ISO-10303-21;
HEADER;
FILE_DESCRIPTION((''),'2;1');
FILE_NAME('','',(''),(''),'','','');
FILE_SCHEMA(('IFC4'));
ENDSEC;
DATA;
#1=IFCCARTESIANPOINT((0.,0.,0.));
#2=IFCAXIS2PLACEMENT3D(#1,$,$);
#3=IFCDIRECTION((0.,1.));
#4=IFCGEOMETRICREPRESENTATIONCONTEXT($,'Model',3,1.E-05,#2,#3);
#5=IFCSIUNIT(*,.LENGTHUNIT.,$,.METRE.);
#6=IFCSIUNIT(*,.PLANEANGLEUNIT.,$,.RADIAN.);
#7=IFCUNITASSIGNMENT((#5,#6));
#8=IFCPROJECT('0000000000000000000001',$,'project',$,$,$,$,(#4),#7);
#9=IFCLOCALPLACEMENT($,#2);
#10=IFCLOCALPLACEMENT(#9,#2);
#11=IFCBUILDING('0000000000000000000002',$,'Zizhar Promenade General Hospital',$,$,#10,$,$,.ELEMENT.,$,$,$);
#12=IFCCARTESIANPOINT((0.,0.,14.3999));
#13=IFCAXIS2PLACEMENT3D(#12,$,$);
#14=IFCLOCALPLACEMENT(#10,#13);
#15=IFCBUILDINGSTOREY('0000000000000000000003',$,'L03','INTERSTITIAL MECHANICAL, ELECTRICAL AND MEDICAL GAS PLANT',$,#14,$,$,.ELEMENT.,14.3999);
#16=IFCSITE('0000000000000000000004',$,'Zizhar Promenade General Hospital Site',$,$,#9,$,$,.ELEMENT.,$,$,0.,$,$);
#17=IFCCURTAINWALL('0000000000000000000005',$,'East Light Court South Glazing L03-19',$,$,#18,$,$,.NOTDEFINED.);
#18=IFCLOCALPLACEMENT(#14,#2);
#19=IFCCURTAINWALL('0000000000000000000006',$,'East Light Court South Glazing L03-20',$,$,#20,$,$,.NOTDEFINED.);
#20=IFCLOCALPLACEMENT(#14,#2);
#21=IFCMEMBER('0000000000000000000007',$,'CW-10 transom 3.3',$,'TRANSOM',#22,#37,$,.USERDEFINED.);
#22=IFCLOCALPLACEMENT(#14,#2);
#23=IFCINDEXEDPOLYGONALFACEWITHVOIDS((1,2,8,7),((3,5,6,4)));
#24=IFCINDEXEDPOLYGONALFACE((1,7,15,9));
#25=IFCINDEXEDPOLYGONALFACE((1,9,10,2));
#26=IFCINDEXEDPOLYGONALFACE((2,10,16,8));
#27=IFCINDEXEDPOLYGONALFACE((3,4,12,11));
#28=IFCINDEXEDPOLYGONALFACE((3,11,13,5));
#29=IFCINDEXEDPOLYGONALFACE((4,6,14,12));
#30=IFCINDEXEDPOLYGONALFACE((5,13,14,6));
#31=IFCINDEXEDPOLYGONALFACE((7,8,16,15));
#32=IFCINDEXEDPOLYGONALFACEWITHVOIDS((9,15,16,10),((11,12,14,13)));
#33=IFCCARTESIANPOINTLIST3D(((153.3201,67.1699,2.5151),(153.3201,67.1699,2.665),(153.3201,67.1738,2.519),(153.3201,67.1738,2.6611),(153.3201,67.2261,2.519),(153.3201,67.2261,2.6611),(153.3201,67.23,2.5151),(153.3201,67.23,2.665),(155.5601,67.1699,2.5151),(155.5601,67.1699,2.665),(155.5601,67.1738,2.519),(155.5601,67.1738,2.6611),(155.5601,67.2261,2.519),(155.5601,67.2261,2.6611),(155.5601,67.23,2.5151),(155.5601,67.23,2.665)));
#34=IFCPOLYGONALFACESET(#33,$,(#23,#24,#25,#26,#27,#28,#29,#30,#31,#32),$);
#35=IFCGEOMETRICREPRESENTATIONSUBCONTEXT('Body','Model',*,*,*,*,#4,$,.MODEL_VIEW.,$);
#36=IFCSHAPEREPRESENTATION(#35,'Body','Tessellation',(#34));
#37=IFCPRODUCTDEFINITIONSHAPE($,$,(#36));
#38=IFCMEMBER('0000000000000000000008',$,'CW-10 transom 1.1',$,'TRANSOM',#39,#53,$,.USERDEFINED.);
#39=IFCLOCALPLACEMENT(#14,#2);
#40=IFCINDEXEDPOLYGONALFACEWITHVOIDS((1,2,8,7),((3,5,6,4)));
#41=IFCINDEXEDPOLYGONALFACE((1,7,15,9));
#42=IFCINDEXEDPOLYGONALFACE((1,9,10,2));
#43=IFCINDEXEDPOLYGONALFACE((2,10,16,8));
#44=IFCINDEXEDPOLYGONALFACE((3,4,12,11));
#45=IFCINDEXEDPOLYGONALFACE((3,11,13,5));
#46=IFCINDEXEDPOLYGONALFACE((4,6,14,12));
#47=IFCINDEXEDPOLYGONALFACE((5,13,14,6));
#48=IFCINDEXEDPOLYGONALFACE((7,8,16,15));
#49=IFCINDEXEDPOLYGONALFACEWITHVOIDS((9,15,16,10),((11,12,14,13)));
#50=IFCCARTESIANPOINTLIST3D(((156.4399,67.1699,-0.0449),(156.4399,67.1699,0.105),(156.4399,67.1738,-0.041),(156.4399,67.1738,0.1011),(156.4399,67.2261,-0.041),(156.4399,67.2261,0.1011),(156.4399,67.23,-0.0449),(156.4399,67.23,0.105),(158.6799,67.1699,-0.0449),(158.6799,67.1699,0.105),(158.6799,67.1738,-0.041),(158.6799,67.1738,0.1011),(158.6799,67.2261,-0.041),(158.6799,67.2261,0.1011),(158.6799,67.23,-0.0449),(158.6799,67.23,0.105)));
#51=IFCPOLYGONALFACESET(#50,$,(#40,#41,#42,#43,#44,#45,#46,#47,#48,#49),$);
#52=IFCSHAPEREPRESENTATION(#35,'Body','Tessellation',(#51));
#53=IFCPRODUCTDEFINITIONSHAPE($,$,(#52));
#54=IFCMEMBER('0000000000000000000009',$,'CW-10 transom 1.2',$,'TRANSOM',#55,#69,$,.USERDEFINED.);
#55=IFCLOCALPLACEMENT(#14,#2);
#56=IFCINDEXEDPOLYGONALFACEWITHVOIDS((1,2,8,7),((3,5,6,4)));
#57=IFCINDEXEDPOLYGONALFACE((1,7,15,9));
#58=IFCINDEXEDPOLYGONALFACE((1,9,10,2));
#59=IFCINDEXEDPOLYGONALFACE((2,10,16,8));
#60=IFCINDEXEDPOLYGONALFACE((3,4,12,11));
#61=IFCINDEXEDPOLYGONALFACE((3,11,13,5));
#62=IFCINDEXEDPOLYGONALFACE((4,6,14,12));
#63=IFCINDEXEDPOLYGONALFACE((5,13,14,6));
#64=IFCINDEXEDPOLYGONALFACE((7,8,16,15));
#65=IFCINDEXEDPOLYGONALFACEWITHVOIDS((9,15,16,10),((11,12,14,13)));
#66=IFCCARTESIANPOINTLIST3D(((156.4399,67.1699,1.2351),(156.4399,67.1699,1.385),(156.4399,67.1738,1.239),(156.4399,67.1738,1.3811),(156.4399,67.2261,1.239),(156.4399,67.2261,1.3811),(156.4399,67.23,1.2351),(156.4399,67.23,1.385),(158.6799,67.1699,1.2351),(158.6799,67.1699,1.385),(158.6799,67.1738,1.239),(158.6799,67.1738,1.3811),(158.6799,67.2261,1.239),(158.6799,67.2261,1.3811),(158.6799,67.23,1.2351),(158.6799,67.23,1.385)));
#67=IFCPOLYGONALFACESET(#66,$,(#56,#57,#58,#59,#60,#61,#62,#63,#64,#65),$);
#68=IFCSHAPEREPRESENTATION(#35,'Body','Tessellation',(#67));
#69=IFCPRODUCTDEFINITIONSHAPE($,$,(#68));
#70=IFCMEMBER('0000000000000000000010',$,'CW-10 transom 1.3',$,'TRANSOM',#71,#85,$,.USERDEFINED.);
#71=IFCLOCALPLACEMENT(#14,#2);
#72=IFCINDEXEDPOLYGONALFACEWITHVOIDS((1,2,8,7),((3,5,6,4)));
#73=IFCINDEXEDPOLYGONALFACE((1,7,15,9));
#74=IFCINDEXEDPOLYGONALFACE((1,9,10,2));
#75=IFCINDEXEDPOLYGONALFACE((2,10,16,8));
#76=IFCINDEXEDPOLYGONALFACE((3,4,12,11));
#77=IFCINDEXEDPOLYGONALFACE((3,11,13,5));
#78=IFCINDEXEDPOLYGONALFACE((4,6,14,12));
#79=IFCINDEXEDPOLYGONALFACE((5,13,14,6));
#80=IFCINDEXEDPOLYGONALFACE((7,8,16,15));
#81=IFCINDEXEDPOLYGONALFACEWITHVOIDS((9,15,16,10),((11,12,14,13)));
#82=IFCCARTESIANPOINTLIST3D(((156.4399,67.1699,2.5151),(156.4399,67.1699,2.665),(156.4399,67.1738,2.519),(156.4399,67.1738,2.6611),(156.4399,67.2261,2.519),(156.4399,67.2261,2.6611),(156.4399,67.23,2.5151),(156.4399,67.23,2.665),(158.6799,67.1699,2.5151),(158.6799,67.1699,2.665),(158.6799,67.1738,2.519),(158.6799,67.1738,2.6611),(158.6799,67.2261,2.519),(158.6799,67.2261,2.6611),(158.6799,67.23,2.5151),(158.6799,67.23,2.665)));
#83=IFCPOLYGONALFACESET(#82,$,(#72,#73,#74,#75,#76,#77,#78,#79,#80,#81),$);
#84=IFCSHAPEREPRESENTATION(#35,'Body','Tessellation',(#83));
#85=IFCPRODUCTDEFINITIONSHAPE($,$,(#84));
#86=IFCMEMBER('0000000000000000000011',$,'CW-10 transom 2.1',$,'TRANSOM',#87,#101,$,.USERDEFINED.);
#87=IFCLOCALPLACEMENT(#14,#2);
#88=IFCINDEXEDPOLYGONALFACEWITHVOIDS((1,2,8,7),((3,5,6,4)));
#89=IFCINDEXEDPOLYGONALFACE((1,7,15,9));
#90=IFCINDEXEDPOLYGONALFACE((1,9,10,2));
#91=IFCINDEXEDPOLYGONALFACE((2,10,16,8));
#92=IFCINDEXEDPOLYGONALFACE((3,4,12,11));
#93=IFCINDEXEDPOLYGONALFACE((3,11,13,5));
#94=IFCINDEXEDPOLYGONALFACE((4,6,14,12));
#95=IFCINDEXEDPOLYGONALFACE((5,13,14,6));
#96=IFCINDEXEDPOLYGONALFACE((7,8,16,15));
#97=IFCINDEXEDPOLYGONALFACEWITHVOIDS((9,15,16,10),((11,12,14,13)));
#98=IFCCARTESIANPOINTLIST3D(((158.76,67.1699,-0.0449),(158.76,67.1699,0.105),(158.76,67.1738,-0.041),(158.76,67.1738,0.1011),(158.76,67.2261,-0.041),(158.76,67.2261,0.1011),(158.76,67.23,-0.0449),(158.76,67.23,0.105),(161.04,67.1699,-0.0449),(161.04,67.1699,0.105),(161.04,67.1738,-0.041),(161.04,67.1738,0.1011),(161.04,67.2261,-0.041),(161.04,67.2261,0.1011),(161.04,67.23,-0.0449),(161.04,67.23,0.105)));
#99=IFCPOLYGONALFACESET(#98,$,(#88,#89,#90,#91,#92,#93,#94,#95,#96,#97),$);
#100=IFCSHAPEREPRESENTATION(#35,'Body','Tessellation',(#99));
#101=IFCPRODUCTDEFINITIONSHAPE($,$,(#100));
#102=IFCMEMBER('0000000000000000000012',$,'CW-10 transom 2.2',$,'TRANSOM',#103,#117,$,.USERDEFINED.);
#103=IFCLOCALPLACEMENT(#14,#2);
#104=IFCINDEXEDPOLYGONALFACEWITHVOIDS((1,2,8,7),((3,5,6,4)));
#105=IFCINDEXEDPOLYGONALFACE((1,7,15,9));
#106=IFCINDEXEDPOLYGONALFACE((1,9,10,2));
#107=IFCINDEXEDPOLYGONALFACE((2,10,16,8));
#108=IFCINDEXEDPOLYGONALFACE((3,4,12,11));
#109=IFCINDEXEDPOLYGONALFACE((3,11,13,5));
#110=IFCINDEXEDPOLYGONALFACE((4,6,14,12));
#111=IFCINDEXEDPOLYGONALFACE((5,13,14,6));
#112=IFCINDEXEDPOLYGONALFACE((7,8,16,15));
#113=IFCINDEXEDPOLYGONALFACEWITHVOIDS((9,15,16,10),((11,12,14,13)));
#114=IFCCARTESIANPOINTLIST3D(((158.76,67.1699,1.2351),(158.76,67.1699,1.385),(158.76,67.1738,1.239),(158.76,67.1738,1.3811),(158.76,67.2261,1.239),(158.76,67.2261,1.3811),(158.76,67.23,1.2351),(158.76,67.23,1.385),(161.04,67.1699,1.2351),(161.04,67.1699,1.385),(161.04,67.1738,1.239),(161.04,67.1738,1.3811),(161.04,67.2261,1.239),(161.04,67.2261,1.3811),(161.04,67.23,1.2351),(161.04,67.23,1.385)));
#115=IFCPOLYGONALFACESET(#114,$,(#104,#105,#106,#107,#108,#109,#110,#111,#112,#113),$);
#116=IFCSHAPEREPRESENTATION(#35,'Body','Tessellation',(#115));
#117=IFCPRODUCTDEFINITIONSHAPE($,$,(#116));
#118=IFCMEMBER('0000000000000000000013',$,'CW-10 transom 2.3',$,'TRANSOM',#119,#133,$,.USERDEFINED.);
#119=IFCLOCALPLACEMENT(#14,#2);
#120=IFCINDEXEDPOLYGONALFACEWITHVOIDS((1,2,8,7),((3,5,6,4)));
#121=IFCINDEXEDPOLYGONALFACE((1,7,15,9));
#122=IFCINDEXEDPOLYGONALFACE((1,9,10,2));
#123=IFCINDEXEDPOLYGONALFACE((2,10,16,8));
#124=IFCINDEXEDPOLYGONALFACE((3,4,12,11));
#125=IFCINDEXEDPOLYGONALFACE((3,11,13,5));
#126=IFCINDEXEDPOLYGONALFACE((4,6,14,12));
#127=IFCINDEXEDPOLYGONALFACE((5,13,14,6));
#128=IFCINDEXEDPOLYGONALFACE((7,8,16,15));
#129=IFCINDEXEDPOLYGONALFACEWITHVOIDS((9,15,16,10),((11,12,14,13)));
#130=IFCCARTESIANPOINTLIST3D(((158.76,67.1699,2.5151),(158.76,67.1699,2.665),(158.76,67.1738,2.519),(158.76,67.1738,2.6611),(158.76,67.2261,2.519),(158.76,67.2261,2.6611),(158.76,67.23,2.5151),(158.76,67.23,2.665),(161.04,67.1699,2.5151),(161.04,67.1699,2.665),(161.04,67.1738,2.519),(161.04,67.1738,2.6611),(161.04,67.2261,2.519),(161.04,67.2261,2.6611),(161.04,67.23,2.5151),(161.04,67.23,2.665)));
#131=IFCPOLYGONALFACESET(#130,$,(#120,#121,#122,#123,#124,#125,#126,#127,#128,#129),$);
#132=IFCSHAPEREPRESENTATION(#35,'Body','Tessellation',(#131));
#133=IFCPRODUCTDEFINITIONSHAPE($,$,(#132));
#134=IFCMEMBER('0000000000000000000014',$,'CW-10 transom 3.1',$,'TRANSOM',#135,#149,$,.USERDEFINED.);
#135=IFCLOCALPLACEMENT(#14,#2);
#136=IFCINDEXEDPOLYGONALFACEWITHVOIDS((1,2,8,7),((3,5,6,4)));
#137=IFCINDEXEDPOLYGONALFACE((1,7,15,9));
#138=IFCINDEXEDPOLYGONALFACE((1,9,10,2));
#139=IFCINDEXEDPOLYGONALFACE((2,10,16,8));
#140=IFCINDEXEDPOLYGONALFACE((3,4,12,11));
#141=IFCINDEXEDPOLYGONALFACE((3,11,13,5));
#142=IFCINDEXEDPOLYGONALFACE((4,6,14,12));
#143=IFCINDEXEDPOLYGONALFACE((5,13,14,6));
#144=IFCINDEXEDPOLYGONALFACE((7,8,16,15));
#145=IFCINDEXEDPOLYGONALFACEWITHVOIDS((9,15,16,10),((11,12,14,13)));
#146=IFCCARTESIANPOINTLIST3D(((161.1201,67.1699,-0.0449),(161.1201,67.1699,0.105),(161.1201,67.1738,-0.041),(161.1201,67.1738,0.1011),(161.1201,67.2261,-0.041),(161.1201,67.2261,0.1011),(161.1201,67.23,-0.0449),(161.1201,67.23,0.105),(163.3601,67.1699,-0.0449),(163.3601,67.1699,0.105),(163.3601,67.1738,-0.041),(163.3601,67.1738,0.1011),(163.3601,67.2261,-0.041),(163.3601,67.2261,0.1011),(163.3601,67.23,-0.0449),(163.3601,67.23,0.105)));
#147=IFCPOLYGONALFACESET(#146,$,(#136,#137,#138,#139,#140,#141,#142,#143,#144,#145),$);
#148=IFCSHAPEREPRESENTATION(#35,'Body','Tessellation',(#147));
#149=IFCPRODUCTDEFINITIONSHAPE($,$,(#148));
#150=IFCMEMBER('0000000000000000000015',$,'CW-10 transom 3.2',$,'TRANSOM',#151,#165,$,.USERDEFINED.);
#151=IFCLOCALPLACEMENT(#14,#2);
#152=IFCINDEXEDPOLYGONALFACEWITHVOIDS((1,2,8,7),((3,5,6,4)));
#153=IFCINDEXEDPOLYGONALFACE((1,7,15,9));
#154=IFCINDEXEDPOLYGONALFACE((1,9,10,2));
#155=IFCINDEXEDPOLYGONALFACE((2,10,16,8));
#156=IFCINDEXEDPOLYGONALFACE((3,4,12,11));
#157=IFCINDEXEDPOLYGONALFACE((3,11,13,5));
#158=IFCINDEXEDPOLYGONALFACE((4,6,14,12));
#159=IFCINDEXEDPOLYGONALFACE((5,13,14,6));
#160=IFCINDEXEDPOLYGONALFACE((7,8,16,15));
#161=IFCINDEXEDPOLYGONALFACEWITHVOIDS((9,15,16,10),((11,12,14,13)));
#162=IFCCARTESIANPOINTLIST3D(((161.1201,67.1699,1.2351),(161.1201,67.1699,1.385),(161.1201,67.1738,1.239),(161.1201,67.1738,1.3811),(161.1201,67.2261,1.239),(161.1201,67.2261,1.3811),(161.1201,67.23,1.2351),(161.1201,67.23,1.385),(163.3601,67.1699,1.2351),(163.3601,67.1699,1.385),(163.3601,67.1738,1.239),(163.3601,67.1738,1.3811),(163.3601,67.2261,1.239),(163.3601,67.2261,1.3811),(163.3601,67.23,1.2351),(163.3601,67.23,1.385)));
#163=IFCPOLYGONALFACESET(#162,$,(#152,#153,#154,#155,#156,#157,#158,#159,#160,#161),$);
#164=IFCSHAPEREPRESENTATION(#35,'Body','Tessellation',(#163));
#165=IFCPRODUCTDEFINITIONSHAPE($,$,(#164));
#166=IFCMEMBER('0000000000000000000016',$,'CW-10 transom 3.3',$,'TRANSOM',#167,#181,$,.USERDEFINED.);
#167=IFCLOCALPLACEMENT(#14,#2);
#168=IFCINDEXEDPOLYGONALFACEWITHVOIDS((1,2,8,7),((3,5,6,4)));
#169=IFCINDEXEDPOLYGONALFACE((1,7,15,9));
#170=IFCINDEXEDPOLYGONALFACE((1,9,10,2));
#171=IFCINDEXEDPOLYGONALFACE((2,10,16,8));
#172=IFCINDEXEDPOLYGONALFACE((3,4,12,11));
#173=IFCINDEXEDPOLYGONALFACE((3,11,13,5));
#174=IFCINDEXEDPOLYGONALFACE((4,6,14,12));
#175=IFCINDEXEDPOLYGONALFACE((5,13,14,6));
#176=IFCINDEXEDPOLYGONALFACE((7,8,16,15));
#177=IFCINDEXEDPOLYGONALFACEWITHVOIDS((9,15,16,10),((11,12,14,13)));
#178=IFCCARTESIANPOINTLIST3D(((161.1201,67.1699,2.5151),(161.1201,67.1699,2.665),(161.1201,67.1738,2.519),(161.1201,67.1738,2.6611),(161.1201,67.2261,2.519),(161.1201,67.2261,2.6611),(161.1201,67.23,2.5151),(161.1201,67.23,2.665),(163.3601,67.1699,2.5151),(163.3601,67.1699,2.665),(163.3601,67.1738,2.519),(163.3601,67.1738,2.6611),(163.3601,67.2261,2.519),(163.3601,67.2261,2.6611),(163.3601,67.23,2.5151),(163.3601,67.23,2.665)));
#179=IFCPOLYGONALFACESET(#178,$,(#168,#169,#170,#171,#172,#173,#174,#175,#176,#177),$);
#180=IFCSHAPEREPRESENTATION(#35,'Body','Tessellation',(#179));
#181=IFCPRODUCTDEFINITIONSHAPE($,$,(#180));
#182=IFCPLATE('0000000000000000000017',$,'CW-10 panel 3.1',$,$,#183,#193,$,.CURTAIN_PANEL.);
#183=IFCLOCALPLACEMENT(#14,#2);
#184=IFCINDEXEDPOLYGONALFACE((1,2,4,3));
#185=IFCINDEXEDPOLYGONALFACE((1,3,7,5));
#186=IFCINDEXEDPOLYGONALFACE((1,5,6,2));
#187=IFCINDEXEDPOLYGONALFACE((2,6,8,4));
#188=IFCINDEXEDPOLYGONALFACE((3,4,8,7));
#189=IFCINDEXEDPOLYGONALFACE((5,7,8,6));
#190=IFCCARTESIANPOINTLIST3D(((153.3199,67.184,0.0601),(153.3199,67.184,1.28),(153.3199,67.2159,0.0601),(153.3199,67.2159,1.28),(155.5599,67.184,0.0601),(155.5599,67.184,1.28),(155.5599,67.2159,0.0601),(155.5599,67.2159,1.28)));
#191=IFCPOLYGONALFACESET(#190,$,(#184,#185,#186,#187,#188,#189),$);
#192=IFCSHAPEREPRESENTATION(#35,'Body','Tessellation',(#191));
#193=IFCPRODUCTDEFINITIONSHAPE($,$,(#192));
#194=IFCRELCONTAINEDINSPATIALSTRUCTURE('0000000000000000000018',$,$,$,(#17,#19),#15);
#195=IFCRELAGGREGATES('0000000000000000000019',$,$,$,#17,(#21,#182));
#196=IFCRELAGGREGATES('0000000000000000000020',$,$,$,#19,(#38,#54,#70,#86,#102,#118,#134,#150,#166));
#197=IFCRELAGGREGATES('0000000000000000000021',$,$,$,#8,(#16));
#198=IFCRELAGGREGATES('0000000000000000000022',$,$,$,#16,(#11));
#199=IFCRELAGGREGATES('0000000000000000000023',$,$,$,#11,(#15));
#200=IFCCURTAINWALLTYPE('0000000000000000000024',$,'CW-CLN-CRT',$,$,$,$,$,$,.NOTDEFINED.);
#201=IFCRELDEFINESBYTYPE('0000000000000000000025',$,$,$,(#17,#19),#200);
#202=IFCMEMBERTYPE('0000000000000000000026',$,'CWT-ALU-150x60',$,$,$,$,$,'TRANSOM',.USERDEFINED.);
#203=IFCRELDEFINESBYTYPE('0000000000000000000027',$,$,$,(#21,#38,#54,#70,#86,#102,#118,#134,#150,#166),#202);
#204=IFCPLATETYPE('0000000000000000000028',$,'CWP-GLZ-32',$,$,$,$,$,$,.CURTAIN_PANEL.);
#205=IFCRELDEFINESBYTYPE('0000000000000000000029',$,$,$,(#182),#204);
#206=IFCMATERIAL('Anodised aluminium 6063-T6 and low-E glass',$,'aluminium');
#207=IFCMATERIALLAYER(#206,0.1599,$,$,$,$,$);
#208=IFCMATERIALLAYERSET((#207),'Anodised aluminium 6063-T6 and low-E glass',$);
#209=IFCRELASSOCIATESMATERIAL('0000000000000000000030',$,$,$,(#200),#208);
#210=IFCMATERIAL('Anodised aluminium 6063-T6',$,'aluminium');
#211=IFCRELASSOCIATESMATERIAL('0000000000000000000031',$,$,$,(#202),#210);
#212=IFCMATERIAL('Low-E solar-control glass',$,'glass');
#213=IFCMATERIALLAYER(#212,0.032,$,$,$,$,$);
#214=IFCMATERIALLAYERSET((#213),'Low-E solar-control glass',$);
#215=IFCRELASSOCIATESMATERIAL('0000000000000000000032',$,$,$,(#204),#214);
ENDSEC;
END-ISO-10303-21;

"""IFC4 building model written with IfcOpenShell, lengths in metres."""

from ifc_helpers import new_model, si_unit, direction, frame, origin, origin_2d, place, context, subcontext, project, spatial, rectangle, hollow_rectangle, extrude, material, layer, layer_set, material_profile, profile_set, type_object, element, aggregate, save


model = new_model("IFC4")

# Units and contexts
model_context = context("Model", 3, precision=1e-05, world=origin(), true_north=direction((0.0, 1.0)))
body_context = subcontext(model_context, "Body", "Model", "MODEL_VIEW")
ifc_project = project(units=[si_unit("LENGTHUNIT", "METRE"), si_unit("PLANEANGLEUNIT", "RADIAN")], contexts=[model_context])

# Site, building, storey
site_placement = place(None, origin())
site = spatial("IfcSite", under=ifc_project, at=site_placement, Name="Zizhar Promenade General Hospital Site", CompositionType="ELEMENT", RefElevation=0.0)
building_placement = place(site_placement, origin())
building = spatial("IfcBuilding", under=site, at=building_placement, Name="Zizhar Promenade General Hospital", CompositionType="ELEMENT")
storey_placement = place(building_placement, frame((0.0, 0.0, 14.3999)))
storey = spatial("IfcBuildingStorey", under=building, at=storey_placement, Name="L03", Description="INTERSTITIAL MECHANICAL, ELECTRICAL AND MEDICAL GAS PLANT", CompositionType="ELEMENT", Elevation=14.3999)

# Curtain walls
ifc_material_1 = material(Name="Anodised aluminium 6063-T6 and low-E glass", Category="aluminium")
ifc_layer_1 = layer(ifc_material_1, 0.1599)
ifc_layer_set_1 = layer_set([ifc_layer_1], Name="Anodised aluminium 6063-T6 and low-E glass")
curtain_wall_type = type_object("IfcCurtainWallType", Name="CW-CLN-CRT", PredefinedType="NOTDEFINED", material=ifc_layer_set_1)
curtain_wall_1_placement = place(storey_placement, origin())
curtain_wall_1 = element("IfcCurtainWall", 1, at=curtain_wall_1_placement, inside=storey, type_object=curtain_wall_type, Name="East Light Court South Glazing L03-19", PredefinedType="NOTDEFINED")
curtain_wall_2_placement = place(storey_placement, origin())
curtain_wall_2 = element("IfcCurtainWall", 2, at=curtain_wall_2_placement, inside=storey, type_object=curtain_wall_type, Name="East Light Court South Glazing L03-20", PredefinedType="NOTDEFINED")

# Members
ifc_material_2 = material(Name="Anodised aluminium 6063-T6", Category="aluminium")
ifc_material_profile_1 = material_profile(ifc_material_2, hollow_rectangle(XDim=0.0601, YDim=0.1499, WallThickness=0.0039, at=origin_2d()))
ifc_profile_set_1 = profile_set([ifc_material_profile_1], Name="Anodised aluminium 6063-T6")
member_type_1 = type_object("IfcMemberType", Name="CWT-ALU-150x60", ElementType="TRANSOM", PredefinedType="USERDEFINED", material=ifc_profile_set_1)
member_1_placement = place(storey_placement, frame((153.3201, 67.2, 2.5901), z_axis=(1.0, 0.0, 0.0), x_axis=(0.0, 1.0, 0.0)))
member_1 = element("IfcMember", 3, at=member_1_placement, type_object=member_type_1, Name="CW-10 transom 3.3", ObjectType="TRANSOM", PredefinedType="USERDEFINED", context=body_context, shape_type="SweptSolid", body=[
    extrude(hollow_rectangle(XDim=0.0601, YDim=0.1499, WallThickness=0.0039, at=origin_2d()), origin(), (0.0, 0.0, 1.0), 2.24),
])
member_2_placement = place(storey_placement, frame((156.4399, 67.2, 0.03), z_axis=(1.0, 0.0, 0.0), x_axis=(0.0, 1.0, 0.0)))
member_2 = element("IfcMember", 4, at=member_2_placement, type_object=member_type_1, Name="CW-10 transom 1.1", ObjectType="TRANSOM", PredefinedType="USERDEFINED", context=body_context, shape_type="SweptSolid", body=[
    extrude(hollow_rectangle(XDim=0.0601, YDim=0.1499, WallThickness=0.0039, at=origin_2d()), origin(), (0.0, 0.0, 1.0), 2.24),
])
member_3_placement = place(storey_placement, frame((156.4399, 67.2, 1.3101), z_axis=(1.0, 0.0, 0.0), x_axis=(0.0, 1.0, 0.0)))
member_3 = element("IfcMember", 5, at=member_3_placement, type_object=member_type_1, Name="CW-10 transom 1.2", ObjectType="TRANSOM", PredefinedType="USERDEFINED", context=body_context, shape_type="SweptSolid", body=[
    extrude(hollow_rectangle(XDim=0.0601, YDim=0.1499, WallThickness=0.0039, at=origin_2d()), origin(), (0.0, 0.0, 1.0), 2.24),
])
member_4_placement = place(storey_placement, frame((156.4399, 67.2, 2.5901), z_axis=(1.0, 0.0, 0.0), x_axis=(0.0, 1.0, 0.0)))
member_4 = element("IfcMember", 6, at=member_4_placement, type_object=member_type_1, Name="CW-10 transom 1.3", ObjectType="TRANSOM", PredefinedType="USERDEFINED", context=body_context, shape_type="SweptSolid", body=[
    extrude(hollow_rectangle(XDim=0.0601, YDim=0.1499, WallThickness=0.0039, at=origin_2d()), origin(), (0.0, 0.0, 1.0), 2.24),
])
member_5_placement = place(storey_placement, frame((158.76, 67.2, 0.03), z_axis=(1.0, 0.0, 0.0), x_axis=(0.0, 1.0, 0.0)))
member_5 = element("IfcMember", 7, at=member_5_placement, type_object=member_type_1, Name="CW-10 transom 2.1", ObjectType="TRANSOM", PredefinedType="USERDEFINED", context=body_context, shape_type="SweptSolid", body=[
    extrude(hollow_rectangle(XDim=0.0601, YDim=0.1499, WallThickness=0.0039, at=origin_2d()), origin(), (0.0, 0.0, 1.0), 2.28),
])
member_6_placement = place(storey_placement, frame((158.76, 67.2, 1.3101), z_axis=(1.0, 0.0, 0.0), x_axis=(0.0, 1.0, 0.0)))
member_6 = element("IfcMember", 8, at=member_6_placement, type_object=member_type_1, Name="CW-10 transom 2.2", ObjectType="TRANSOM", PredefinedType="USERDEFINED", context=body_context, shape_type="SweptSolid", body=[
    extrude(hollow_rectangle(XDim=0.0601, YDim=0.1499, WallThickness=0.0039, at=origin_2d()), origin(), (0.0, 0.0, 1.0), 2.28),
])
member_7_placement = place(storey_placement, frame((158.76, 67.2, 2.5901), z_axis=(1.0, 0.0, 0.0), x_axis=(0.0, 1.0, 0.0)))
member_7 = element("IfcMember", 9, at=member_7_placement, type_object=member_type_1, Name="CW-10 transom 2.3", ObjectType="TRANSOM", PredefinedType="USERDEFINED", context=body_context, shape_type="SweptSolid", body=[
    extrude(hollow_rectangle(XDim=0.0601, YDim=0.1499, WallThickness=0.0039, at=origin_2d()), origin(), (0.0, 0.0, 1.0), 2.28),
])
member_8_placement = place(storey_placement, frame((161.1201, 67.2, 0.03), z_axis=(1.0, 0.0, 0.0), x_axis=(0.0, 1.0, 0.0)))
member_8 = element("IfcMember", 10, at=member_8_placement, type_object=member_type_1, Name="CW-10 transom 3.1", ObjectType="TRANSOM", PredefinedType="USERDEFINED", context=body_context, shape_type="SweptSolid", body=[
    extrude(hollow_rectangle(XDim=0.0601, YDim=0.1499, WallThickness=0.0039, at=origin_2d()), origin(), (0.0, 0.0, 1.0), 2.24),
])
member_9_placement = place(storey_placement, frame((161.1201, 67.2, 1.3101), z_axis=(1.0, 0.0, 0.0), x_axis=(0.0, 1.0, 0.0)))
member_9 = element("IfcMember", 11, at=member_9_placement, type_object=member_type_1, Name="CW-10 transom 3.2", ObjectType="TRANSOM", PredefinedType="USERDEFINED", context=body_context, shape_type="SweptSolid", body=[
    extrude(hollow_rectangle(XDim=0.0601, YDim=0.1499, WallThickness=0.0039, at=origin_2d()), origin(), (0.0, 0.0, 1.0), 2.24),
])
member_10_placement = place(storey_placement, frame((161.1201, 67.2, 2.5901), z_axis=(1.0, 0.0, 0.0), x_axis=(0.0, 1.0, 0.0)))
member_10 = element("IfcMember", 12, at=member_10_placement, type_object=member_type_1, Name="CW-10 transom 3.3", ObjectType="TRANSOM", PredefinedType="USERDEFINED", context=body_context, shape_type="SweptSolid", body=[
    extrude(hollow_rectangle(XDim=0.0601, YDim=0.1499, WallThickness=0.0039, at=origin_2d()), origin(), (0.0, 0.0, 1.0), 2.24),
])

# Plate
ifc_material_3 = material(Name="Low-E solar-control glass", Category="glass")
ifc_layer_2 = layer(ifc_material_3, 0.032)
ifc_layer_set_2 = layer_set([ifc_layer_2], Name="Low-E solar-control glass")
plate_type = type_object("IfcPlateType", Name="CWP-GLZ-32", PredefinedType="CURTAIN_PANEL", material=ifc_layer_set_2)
plate_1_placement = place(storey_placement, frame((154.4399, 67.2, 0.0601), z_axis=(0.0, 0.0, 1.0), x_axis=(1.0, 0.0, 0.0)))
plate_1 = element("IfcPlate", 13, at=plate_1_placement, type_object=plate_type, Name="CW-10 panel 3.1", PredefinedType="CURTAIN_PANEL", context=body_context, shape_type="SweptSolid", body=[
    extrude(rectangle(XDim=2.24, YDim=0.032, at=origin_2d()), origin(), (0.0, 0.0, 1.0), 1.22),
])
aggregate(curtain_wall_1, [member_1, plate_1])
aggregate(curtain_wall_2, [member_2, member_3, member_4, member_5, member_6, member_7, member_8, member_9, member_10])

save(model, "model.ifc")
